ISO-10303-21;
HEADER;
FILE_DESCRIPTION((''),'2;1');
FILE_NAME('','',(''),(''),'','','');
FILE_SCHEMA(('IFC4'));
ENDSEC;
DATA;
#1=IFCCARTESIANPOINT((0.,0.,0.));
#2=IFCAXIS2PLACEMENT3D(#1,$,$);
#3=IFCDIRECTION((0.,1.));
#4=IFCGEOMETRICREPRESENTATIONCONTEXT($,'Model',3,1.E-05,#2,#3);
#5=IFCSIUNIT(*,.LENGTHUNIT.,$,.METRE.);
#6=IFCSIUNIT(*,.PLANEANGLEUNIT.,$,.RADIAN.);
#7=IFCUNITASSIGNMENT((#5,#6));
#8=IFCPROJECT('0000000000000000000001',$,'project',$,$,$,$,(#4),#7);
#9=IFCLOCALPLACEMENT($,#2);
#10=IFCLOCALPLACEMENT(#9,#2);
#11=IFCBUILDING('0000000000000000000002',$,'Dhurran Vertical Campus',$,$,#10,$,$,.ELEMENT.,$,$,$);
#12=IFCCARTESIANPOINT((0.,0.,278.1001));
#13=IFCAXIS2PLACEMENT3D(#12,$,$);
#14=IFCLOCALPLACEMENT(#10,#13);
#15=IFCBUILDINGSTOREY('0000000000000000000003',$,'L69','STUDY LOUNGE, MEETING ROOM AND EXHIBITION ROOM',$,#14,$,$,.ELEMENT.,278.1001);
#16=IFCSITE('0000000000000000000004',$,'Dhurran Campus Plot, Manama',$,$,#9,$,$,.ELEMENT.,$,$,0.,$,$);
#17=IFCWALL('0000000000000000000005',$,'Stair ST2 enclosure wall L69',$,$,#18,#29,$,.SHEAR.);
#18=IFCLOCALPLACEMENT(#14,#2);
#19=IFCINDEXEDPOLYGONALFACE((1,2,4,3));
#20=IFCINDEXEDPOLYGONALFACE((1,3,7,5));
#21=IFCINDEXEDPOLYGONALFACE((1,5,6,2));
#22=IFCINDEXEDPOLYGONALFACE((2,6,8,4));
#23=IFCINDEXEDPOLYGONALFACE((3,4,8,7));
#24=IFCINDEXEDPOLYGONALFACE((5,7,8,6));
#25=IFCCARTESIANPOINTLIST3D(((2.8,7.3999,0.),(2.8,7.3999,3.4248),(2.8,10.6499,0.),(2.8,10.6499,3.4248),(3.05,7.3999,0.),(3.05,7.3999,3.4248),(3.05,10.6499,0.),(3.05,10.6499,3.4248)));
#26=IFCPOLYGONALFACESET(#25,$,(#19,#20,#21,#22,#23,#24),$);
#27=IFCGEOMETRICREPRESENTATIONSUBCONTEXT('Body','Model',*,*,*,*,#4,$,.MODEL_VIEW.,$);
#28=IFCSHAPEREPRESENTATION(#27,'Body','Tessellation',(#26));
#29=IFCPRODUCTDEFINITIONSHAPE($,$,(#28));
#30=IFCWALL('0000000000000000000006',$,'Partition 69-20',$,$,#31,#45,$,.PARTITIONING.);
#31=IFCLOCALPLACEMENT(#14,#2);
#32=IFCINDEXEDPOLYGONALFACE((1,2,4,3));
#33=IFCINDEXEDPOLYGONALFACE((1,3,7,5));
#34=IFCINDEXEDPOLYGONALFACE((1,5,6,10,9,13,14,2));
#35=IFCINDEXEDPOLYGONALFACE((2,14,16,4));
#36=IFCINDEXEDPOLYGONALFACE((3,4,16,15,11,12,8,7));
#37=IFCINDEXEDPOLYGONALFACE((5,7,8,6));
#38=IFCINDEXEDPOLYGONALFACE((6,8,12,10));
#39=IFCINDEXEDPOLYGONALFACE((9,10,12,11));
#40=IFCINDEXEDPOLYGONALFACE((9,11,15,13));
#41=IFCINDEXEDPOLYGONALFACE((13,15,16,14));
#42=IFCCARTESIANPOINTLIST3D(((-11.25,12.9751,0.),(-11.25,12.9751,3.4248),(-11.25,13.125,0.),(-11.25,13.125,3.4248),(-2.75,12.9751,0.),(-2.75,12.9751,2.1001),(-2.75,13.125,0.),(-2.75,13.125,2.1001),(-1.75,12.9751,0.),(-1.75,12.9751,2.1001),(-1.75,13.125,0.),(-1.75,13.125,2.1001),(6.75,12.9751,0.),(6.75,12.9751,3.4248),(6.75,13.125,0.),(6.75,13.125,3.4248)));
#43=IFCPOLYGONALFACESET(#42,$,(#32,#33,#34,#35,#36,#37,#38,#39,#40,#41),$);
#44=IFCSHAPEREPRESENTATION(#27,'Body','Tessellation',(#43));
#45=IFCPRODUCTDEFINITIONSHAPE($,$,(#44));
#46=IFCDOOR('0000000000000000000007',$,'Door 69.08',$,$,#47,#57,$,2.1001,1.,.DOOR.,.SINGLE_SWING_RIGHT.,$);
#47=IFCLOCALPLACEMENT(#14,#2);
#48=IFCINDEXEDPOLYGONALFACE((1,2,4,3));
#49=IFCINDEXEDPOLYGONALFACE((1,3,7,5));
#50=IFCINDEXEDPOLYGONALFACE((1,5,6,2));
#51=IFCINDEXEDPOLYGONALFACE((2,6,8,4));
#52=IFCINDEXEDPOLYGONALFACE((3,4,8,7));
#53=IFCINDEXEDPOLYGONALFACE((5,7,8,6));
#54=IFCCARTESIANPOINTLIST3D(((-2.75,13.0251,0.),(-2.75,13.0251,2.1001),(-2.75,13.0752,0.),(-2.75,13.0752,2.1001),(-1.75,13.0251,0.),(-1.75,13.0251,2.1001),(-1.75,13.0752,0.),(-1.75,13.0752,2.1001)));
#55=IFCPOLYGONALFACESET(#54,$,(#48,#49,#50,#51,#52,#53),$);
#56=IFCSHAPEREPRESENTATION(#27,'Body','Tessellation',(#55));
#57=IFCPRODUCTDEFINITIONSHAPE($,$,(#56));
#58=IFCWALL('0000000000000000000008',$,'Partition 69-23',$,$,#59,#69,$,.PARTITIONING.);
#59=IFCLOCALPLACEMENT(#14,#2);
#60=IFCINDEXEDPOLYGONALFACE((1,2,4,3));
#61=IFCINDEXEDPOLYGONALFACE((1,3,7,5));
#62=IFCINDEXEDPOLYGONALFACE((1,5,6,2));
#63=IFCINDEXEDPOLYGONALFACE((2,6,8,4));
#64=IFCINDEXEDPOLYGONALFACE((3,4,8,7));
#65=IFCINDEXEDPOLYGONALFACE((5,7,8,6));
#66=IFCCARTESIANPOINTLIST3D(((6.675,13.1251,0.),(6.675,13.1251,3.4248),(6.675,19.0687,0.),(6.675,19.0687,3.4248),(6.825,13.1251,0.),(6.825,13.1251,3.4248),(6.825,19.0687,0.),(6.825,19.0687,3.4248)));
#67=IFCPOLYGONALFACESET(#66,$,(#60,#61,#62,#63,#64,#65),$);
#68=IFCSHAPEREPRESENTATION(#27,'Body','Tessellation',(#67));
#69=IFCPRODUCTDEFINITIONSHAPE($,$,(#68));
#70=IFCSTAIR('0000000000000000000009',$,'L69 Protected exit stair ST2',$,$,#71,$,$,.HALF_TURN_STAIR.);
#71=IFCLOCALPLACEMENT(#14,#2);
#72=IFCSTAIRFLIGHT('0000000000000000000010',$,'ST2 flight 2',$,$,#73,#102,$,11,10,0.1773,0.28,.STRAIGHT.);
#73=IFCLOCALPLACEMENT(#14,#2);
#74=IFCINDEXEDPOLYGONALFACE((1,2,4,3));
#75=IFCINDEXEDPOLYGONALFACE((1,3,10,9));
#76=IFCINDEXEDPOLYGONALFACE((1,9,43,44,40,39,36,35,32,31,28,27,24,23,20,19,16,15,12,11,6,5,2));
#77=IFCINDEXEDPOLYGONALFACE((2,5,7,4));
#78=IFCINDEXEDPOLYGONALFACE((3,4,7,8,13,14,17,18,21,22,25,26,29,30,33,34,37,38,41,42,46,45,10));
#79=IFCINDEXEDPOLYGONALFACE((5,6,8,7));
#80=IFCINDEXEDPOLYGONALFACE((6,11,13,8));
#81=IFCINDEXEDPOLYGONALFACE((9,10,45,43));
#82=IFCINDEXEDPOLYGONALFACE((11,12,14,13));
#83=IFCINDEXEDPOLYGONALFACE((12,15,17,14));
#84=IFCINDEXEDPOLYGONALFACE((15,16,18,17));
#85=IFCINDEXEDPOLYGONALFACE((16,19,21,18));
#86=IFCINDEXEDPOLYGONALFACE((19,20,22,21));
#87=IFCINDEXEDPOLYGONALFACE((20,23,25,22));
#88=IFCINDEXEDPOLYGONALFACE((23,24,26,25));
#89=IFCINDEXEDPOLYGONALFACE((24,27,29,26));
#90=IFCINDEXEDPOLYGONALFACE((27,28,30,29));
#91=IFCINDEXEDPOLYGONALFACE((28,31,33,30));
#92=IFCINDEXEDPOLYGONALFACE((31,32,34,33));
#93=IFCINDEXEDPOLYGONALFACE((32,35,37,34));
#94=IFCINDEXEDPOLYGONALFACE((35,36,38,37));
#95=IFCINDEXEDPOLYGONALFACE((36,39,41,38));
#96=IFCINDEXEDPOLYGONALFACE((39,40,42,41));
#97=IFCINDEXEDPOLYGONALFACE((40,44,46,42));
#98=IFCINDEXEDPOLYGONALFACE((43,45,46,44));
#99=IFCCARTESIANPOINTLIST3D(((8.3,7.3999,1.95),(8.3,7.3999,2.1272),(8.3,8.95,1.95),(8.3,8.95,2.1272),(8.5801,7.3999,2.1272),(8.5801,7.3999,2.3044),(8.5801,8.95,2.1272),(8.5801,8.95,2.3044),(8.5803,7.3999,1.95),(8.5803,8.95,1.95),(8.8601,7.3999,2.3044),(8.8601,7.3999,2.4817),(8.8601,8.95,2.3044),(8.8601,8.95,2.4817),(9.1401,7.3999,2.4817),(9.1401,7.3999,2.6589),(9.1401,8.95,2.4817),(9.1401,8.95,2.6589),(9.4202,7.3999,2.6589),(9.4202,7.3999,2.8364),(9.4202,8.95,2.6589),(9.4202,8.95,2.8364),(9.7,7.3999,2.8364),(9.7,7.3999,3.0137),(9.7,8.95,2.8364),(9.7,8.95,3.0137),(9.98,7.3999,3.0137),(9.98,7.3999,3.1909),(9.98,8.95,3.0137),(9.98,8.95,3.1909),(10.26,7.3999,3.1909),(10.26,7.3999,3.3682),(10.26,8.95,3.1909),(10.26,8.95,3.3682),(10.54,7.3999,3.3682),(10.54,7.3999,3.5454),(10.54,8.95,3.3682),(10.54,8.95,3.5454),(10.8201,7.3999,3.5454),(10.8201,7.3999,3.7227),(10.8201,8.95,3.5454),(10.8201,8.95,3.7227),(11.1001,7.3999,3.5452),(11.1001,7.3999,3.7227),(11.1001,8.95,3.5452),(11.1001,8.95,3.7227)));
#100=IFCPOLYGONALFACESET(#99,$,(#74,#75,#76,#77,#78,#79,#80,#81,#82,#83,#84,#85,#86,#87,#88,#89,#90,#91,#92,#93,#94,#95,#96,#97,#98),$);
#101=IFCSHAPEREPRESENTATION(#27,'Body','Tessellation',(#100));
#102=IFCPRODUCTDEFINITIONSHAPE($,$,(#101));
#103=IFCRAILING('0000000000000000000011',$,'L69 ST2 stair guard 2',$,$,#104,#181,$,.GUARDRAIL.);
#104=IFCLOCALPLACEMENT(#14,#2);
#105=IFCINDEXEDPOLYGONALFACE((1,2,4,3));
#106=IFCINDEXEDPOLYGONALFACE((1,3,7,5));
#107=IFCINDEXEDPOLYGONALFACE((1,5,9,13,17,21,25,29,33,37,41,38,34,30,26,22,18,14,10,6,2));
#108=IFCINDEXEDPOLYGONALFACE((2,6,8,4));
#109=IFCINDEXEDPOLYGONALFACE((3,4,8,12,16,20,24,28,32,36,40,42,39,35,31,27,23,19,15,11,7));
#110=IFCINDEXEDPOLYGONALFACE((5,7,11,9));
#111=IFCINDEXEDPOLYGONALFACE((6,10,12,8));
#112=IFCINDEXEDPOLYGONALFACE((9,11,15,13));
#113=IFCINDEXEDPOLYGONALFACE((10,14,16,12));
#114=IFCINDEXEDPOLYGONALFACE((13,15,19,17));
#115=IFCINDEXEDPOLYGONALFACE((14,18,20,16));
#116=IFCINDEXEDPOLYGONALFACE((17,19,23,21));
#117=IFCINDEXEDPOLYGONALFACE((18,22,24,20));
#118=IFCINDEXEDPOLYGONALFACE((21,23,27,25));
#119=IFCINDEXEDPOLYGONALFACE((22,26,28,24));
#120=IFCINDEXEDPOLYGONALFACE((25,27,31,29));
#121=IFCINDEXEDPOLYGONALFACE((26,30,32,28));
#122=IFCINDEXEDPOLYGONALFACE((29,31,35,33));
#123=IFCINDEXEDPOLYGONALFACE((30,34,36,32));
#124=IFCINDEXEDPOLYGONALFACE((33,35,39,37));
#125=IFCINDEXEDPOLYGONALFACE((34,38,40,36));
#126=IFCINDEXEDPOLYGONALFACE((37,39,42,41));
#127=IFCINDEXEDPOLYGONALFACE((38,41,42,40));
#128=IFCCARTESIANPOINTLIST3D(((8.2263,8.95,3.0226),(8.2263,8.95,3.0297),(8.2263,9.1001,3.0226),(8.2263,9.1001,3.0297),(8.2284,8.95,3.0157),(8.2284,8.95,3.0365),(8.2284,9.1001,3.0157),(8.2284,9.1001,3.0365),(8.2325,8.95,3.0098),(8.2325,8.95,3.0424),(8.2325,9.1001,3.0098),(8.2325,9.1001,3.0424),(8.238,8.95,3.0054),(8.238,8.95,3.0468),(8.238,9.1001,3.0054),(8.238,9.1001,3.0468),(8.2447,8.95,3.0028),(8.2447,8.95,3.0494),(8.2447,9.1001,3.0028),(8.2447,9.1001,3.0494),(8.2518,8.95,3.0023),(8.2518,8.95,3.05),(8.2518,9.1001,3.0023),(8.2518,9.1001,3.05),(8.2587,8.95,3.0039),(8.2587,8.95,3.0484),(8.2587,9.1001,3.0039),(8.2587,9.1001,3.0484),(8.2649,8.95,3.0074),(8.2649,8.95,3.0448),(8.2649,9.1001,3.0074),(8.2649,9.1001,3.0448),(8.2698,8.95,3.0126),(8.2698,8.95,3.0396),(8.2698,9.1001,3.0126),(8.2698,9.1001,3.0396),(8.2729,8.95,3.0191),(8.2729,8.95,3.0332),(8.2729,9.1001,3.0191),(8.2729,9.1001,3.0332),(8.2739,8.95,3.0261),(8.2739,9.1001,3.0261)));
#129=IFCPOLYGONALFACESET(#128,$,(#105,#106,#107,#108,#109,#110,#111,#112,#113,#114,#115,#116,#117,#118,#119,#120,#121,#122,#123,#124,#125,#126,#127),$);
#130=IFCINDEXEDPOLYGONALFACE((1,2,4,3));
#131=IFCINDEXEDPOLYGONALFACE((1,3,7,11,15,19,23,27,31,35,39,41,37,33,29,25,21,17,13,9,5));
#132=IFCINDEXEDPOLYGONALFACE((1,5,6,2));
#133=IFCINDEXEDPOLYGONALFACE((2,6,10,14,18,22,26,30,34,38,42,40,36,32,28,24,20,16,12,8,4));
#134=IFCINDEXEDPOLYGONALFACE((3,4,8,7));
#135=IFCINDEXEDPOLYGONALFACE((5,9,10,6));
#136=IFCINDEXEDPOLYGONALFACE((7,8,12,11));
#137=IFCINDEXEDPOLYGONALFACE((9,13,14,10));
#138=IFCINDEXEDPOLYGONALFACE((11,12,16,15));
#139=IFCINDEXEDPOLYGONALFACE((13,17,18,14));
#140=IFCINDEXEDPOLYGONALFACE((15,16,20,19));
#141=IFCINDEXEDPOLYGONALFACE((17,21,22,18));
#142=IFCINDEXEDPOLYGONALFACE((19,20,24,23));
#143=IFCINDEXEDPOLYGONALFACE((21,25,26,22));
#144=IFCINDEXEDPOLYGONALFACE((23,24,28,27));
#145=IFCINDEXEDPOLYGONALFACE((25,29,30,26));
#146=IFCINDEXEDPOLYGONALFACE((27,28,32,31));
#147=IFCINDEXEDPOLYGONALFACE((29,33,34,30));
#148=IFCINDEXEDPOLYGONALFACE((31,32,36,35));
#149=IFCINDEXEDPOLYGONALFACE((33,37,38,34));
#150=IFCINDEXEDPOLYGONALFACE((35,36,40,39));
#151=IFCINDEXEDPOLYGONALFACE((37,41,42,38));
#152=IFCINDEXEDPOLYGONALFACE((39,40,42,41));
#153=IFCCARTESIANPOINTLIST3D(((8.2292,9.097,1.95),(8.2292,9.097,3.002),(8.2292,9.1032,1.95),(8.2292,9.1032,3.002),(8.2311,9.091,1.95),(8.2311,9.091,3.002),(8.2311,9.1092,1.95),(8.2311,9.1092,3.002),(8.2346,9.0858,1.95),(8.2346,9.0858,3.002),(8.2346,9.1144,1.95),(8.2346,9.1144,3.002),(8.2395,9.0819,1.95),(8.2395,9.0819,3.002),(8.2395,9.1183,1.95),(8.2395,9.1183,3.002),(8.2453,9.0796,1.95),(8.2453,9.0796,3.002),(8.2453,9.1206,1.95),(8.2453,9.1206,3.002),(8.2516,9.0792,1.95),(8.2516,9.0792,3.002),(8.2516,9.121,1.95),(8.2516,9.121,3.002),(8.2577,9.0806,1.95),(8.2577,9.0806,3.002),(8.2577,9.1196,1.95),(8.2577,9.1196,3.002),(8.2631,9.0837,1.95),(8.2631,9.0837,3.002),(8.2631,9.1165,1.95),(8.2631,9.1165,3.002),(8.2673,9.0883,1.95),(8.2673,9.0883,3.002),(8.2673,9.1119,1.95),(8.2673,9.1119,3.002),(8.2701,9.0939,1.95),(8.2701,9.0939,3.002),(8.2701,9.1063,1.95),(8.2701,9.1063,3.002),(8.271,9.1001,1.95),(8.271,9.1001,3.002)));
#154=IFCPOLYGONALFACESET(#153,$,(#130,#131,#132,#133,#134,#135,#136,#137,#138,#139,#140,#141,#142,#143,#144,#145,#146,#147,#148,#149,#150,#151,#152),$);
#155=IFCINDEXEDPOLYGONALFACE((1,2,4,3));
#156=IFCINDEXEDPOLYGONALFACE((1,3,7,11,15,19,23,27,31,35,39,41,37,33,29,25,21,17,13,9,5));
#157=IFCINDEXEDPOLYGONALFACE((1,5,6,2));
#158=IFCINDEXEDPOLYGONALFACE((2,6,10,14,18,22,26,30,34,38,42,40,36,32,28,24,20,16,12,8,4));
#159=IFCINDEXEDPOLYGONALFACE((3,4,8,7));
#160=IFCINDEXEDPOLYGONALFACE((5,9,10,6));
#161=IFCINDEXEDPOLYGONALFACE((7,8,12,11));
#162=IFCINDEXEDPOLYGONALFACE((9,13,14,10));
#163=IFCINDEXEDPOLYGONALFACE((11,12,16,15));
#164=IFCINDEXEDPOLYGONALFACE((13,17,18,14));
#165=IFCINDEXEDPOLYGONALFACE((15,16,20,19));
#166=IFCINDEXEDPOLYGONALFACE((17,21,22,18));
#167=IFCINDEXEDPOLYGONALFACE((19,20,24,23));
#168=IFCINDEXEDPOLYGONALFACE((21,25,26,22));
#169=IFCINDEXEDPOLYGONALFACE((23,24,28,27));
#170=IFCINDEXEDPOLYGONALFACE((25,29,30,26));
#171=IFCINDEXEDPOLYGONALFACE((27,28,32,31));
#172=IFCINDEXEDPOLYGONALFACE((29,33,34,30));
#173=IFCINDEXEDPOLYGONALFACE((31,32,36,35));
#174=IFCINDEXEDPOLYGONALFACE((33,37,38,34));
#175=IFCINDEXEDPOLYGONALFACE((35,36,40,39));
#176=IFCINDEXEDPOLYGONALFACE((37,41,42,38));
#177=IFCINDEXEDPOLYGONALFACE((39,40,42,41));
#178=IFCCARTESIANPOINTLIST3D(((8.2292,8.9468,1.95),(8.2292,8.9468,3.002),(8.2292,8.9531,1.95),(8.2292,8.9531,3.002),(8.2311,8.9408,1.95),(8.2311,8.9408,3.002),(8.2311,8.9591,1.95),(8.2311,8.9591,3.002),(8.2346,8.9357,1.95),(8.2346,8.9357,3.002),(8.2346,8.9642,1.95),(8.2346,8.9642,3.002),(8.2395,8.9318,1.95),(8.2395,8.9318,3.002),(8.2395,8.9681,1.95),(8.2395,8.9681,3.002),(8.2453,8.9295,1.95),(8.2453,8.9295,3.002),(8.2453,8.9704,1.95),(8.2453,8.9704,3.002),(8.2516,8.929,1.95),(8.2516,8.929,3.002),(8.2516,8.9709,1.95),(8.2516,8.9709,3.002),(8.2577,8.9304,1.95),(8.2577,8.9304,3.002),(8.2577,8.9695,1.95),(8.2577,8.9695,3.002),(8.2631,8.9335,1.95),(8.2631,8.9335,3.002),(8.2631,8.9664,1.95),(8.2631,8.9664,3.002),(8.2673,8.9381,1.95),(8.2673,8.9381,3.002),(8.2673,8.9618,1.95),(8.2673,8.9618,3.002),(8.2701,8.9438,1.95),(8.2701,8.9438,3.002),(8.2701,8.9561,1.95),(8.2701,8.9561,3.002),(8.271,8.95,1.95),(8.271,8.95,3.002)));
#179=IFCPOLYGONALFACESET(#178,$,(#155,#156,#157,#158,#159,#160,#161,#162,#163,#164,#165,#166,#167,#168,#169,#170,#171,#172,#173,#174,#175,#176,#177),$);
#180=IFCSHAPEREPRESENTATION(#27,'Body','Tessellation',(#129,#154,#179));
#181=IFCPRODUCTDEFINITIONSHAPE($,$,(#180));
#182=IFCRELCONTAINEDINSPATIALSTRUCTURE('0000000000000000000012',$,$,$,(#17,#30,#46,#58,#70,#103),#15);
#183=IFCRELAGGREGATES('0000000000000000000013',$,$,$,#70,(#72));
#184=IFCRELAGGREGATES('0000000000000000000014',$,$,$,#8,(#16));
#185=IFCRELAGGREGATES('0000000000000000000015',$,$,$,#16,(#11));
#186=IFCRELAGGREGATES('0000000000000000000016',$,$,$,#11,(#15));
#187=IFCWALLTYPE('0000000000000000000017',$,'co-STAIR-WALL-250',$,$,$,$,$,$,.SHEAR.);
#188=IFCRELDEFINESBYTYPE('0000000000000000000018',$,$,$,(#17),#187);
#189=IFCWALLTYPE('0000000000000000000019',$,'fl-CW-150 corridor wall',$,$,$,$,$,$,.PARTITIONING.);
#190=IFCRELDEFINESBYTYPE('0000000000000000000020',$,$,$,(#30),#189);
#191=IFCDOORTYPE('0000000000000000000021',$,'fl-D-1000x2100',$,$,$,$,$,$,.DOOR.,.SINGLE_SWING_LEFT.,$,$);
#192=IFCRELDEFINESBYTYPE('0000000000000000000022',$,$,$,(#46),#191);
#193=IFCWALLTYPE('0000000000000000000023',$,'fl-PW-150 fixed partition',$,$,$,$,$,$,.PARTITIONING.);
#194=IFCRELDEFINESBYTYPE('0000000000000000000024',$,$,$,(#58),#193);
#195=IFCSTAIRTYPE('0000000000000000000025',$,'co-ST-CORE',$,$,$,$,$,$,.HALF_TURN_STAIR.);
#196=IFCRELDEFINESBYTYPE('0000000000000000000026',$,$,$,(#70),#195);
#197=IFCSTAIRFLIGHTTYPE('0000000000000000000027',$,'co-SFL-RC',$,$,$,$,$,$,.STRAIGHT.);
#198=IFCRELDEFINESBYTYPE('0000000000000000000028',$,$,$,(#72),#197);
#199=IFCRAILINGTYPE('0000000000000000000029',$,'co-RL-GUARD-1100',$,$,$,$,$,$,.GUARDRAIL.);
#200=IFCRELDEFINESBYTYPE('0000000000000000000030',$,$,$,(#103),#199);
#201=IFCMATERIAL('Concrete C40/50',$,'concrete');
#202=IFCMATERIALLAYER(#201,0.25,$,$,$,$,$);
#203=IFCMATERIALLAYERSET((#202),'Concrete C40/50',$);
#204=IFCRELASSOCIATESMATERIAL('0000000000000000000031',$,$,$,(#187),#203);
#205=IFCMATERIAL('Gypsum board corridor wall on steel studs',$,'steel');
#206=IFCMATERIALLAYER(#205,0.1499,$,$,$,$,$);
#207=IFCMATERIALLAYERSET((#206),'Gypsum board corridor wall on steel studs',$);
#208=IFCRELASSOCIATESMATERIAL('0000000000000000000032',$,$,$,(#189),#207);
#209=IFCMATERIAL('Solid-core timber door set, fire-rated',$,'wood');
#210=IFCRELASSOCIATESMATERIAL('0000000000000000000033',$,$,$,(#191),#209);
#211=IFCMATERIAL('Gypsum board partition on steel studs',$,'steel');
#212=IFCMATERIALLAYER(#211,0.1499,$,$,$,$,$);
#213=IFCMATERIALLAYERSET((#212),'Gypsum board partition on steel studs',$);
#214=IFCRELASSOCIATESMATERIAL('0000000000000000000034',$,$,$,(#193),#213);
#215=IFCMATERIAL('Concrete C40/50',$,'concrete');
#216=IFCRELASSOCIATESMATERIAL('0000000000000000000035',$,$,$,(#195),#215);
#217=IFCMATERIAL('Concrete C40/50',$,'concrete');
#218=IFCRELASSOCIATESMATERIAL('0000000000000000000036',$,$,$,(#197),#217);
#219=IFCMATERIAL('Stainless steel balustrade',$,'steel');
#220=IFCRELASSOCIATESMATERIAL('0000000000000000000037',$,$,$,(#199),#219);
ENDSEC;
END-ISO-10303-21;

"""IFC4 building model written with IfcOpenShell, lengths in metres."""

from ifc_helpers import new_model, si_unit, direction, frame, frame_2d, origin, origin_2d, place, context, subcontext, project, spatial, polyline, rectangle, circle, outline, extrude, material, layer, layer_set, type_object, element, fill, aggregate, save


model = new_model("IFC4")

# Units and contexts
model_context = context("Model", 3, precision=1e-05, world=origin(), true_north=direction((0.0, 1.0)))
body_context = subcontext(model_context, "Body", "Model", "MODEL_VIEW")
ifc_project = project(units=[si_unit("LENGTHUNIT", "METRE"), si_unit("PLANEANGLEUNIT", "RADIAN")], contexts=[model_context])

# Site, building, storey
site_placement = place(None, origin())
site = spatial("IfcSite", under=ifc_project, at=site_placement, Name="Dhurran Campus Plot, Manama", CompositionType="ELEMENT", RefElevation=0.0)
building_placement = place(site_placement, origin())
building = spatial("IfcBuilding", under=site, at=building_placement, Name="Dhurran Vertical Campus", CompositionType="ELEMENT")
storey_placement = place(building_placement, frame((0.0, 0.0, 278.1001)))
storey = spatial("IfcBuildingStorey", under=building, at=storey_placement, Name="L69", Description="STUDY LOUNGE, MEETING ROOM AND EXHIBITION ROOM", CompositionType="ELEMENT", Elevation=278.1001)

# Shared definitions
ifc_material_1 = material(Name="Concrete C40/50", Category="concrete")
ifc_layer_1 = layer(ifc_material_1, 0.25)
ifc_layer_set_1 = layer_set([ifc_layer_1], Name="Concrete C40/50")
wall_type_1 = type_object("IfcWallType", Name="co-STAIR-WALL-250", PredefinedType="SHEAR", material=ifc_layer_set_1)

# Wall
wall_1_placement = place(storey_placement, frame((2.925, 7.3999, 0.0), z_axis=(0.0, 0.0, 1.0), x_axis=(0.0, 1.0, 0.0)))
element("IfcWall", 1, at=wall_1_placement, inside=storey, type_object=wall_type_1, Name="Stair ST2 enclosure wall L69", PredefinedType="SHEAR", context=body_context, shape_type="SweptSolid", body=[
    extrude(rectangle(XDim=3.25, YDim=0.25, at=frame_2d((1.625, 0.0))), origin(), (0.0, 0.0, 1.0), 3.4248),
])

# Wall, opening, door
ifc_material_2 = material(Name="Gypsum board corridor wall on steel studs", Category="steel")
ifc_layer_2 = layer(ifc_material_2, 0.1499)
ifc_layer_set_2 = layer_set([ifc_layer_2], Name="Gypsum board corridor wall on steel studs")
wall_type_2 = type_object("IfcWallType", Name="fl-CW-150 corridor wall", PredefinedType="PARTITIONING", material=ifc_layer_set_2)
wall_2_placement = place(storey_placement, frame((6.75, 13.05, 0.0), z_axis=(0.0, 0.0, 1.0), x_axis=(-1.0, 0.0, 0.0)))
wall_2 = element("IfcWall", 2, at=wall_2_placement, inside=storey, type_object=wall_type_2, Name="Partition 69-20", PredefinedType="PARTITIONING", context=body_context, shape_type="SweptSolid", body=[
    extrude(rectangle(XDim=18.0, YDim=0.1499, at=frame_2d((9.0, 0.0))), origin(), (0.0, 0.0, 1.0), 3.4248),
])
opening_1_placement = place(wall_2_placement, frame((8.5, 0.0, 0.0)))
opening_1 = element("IfcOpeningElement", 3, at=opening_1_placement, cuts=wall_2, PredefinedType="OPENING", context=body_context, shape_type="SweptSolid", body=[
    extrude(rectangle(XDim=1.0, YDim=2.1001, at=frame_2d((0.5, 1.05))), frame((0.0, 0.085, 0.0), z_axis=(0.0, -1.0, 0.0), x_axis=(1.0, 0.0, 0.0)), (0.0, 0.0, 1.0), 0.1699),
])
ifc_material_3 = material(Name="Solid-core timber door set, fire-rated", Category="wood")
door_type_1 = type_object("IfcDoorType", Name="fl-D-1000x2100", OperationType="SINGLE_SWING_LEFT", PredefinedType="DOOR", material=ifc_material_3)
door_1_placement = place(opening_1_placement, origin())
door_1 = element("IfcDoor", 4, at=door_1_placement, inside=storey, type_object=door_type_1, Name="Door 69.08", OperationType="SINGLE_SWING_RIGHT", OverallHeight=2.1001, OverallWidth=1.0, PredefinedType="DOOR", context=body_context, shape_type="SweptSolid", body=[
    extrude(rectangle(XDim=1.0, YDim=2.1001, at=frame_2d((0.5, 1.05))), frame((0.0, 0.0249, 0.0), z_axis=(0.0, -1.0, 0.0), x_axis=(1.0, 0.0, 0.0)), (0.0, 0.0, 1.0), 0.05),
])
fill(opening_1, door_1)

# Wall
ifc_material_4 = material(Name="Gypsum board partition on steel studs", Category="steel")
ifc_layer_3 = layer(ifc_material_4, 0.1499)
ifc_layer_set_3 = layer_set([ifc_layer_3], Name="Gypsum board partition on steel studs")
wall_type_3 = type_object("IfcWallType", Name="fl-PW-150 fixed partition", PredefinedType="PARTITIONING", material=ifc_layer_set_3)
wall_3_placement = place(storey_placement, frame((6.75, 19.0686, 0.0), z_axis=(0.0, 0.0, 1.0), x_axis=(0.0, -1.0, 0.0)))
element("IfcWall", 5, at=wall_3_placement, inside=storey, type_object=wall_type_3, Name="Partition 69-23", PredefinedType="PARTITIONING", context=body_context, shape_type="SweptSolid", body=[
    extrude(rectangle(XDim=5.9436, YDim=0.1499, at=frame_2d((2.9717, 0.0))), origin(), (0.0, 0.0, 1.0), 3.4248),
])

# Stair, stair flight
ifc_material_5 = material(Name="Concrete C40/50", Category="concrete")
stair_type = type_object("IfcStairType", Name="co-ST-CORE", PredefinedType="HALF_TURN_STAIR", material=ifc_material_5)
stair_placement = place(storey_placement, origin())
stair = element("IfcStair", 6, at=stair_placement, inside=storey, type_object=stair_type, Name="L69 Protected exit stair ST2", PredefinedType="HALF_TURN_STAIR")
ifc_material_6 = material(Name="Concrete C40/50", Category="concrete")
stair_flight_type = type_object("IfcStairFlightType", Name="co-SFL-RC", PredefinedType="STRAIGHT", material=ifc_material_6)
stair_flight_placement = place(storey_placement, frame((8.3, 8.175, 1.95), z_axis=(0.0, 0.0, 1.0), x_axis=(1.0, 0.0, 0.0)))
stair_flight = element("IfcStairFlight", 7, at=stair_flight_placement, type_object=stair_flight_type, Name="ST2 flight 2", NumberOfRisers=11, NumberOfTreads=10, PredefinedType="STRAIGHT", RiserHeight=0.1773, TreadLength=0.28, context=body_context, shape_type="SweptSolid", body=[
    extrude(outline(polyline([(0.0, 0.0), (0.0, 0.1772), (0.28, 0.1772), (0.28, 0.3545), (0.5601, 0.3545), (0.5601, 0.5317), (0.8401, 0.5317), (0.8401, 0.709), (1.1201, 0.709), (1.1201, 0.8865), (1.3999, 0.8865), (1.3999, 1.0637), (1.6799, 1.0637), (1.6799, 1.241), (1.96, 1.241), (1.96, 1.4182), (2.24, 1.4182), (2.24, 1.5955), (2.52, 1.5955), (2.52, 1.7727), (2.8, 1.7727), (2.8, 1.95), (2.8, 1.5952), (0.2803, 0.0), (0.0, 0.0)])), frame((0.0, 0.7749, 0.0), z_axis=(0.0, -1.0, 0.0), x_axis=(1.0, 0.0, 0.0)), (0.0, 0.0, 1.0), 1.55),
])
aggregate(stair, [stair_flight])

# Railing
ifc_material_7 = material(Name="Stainless steel balustrade", Category="steel")
railing_type_1 = type_object("IfcRailingType", Name="co-RL-GUARD-1100", PredefinedType="GUARDRAIL", material=ifc_material_7)
railing_1_placement = place(storey_placement, frame((8.25, 9.1001, 1.95)))
element("IfcRailing", 8, at=railing_1_placement, inside=storey, type_object=railing_type_1, Name="L69 ST2 stair guard 2", PredefinedType="GUARDRAIL", context=body_context, shape_type="SweptSolid", body=[
    extrude(circle(Radius=0.0239, at=origin_2d()), frame((0.0, 0.0, 1.0762), z_axis=(0.0, -1.0, 0.0), x_axis=(1.0, 0.0, 0.0)), (0.0, 0.0, 1.0), 0.1501),
    extrude(circle(Radius=0.021, at=origin_2d()), origin(), (0.0, 0.0, 1.0), 1.052),
    extrude(circle(Radius=0.021, at=origin_2d()), frame((0.0, -0.1501, 0.0)), (0.0, 0.0, 1.0), 1.052),
])

save(model, "model.ifc")
